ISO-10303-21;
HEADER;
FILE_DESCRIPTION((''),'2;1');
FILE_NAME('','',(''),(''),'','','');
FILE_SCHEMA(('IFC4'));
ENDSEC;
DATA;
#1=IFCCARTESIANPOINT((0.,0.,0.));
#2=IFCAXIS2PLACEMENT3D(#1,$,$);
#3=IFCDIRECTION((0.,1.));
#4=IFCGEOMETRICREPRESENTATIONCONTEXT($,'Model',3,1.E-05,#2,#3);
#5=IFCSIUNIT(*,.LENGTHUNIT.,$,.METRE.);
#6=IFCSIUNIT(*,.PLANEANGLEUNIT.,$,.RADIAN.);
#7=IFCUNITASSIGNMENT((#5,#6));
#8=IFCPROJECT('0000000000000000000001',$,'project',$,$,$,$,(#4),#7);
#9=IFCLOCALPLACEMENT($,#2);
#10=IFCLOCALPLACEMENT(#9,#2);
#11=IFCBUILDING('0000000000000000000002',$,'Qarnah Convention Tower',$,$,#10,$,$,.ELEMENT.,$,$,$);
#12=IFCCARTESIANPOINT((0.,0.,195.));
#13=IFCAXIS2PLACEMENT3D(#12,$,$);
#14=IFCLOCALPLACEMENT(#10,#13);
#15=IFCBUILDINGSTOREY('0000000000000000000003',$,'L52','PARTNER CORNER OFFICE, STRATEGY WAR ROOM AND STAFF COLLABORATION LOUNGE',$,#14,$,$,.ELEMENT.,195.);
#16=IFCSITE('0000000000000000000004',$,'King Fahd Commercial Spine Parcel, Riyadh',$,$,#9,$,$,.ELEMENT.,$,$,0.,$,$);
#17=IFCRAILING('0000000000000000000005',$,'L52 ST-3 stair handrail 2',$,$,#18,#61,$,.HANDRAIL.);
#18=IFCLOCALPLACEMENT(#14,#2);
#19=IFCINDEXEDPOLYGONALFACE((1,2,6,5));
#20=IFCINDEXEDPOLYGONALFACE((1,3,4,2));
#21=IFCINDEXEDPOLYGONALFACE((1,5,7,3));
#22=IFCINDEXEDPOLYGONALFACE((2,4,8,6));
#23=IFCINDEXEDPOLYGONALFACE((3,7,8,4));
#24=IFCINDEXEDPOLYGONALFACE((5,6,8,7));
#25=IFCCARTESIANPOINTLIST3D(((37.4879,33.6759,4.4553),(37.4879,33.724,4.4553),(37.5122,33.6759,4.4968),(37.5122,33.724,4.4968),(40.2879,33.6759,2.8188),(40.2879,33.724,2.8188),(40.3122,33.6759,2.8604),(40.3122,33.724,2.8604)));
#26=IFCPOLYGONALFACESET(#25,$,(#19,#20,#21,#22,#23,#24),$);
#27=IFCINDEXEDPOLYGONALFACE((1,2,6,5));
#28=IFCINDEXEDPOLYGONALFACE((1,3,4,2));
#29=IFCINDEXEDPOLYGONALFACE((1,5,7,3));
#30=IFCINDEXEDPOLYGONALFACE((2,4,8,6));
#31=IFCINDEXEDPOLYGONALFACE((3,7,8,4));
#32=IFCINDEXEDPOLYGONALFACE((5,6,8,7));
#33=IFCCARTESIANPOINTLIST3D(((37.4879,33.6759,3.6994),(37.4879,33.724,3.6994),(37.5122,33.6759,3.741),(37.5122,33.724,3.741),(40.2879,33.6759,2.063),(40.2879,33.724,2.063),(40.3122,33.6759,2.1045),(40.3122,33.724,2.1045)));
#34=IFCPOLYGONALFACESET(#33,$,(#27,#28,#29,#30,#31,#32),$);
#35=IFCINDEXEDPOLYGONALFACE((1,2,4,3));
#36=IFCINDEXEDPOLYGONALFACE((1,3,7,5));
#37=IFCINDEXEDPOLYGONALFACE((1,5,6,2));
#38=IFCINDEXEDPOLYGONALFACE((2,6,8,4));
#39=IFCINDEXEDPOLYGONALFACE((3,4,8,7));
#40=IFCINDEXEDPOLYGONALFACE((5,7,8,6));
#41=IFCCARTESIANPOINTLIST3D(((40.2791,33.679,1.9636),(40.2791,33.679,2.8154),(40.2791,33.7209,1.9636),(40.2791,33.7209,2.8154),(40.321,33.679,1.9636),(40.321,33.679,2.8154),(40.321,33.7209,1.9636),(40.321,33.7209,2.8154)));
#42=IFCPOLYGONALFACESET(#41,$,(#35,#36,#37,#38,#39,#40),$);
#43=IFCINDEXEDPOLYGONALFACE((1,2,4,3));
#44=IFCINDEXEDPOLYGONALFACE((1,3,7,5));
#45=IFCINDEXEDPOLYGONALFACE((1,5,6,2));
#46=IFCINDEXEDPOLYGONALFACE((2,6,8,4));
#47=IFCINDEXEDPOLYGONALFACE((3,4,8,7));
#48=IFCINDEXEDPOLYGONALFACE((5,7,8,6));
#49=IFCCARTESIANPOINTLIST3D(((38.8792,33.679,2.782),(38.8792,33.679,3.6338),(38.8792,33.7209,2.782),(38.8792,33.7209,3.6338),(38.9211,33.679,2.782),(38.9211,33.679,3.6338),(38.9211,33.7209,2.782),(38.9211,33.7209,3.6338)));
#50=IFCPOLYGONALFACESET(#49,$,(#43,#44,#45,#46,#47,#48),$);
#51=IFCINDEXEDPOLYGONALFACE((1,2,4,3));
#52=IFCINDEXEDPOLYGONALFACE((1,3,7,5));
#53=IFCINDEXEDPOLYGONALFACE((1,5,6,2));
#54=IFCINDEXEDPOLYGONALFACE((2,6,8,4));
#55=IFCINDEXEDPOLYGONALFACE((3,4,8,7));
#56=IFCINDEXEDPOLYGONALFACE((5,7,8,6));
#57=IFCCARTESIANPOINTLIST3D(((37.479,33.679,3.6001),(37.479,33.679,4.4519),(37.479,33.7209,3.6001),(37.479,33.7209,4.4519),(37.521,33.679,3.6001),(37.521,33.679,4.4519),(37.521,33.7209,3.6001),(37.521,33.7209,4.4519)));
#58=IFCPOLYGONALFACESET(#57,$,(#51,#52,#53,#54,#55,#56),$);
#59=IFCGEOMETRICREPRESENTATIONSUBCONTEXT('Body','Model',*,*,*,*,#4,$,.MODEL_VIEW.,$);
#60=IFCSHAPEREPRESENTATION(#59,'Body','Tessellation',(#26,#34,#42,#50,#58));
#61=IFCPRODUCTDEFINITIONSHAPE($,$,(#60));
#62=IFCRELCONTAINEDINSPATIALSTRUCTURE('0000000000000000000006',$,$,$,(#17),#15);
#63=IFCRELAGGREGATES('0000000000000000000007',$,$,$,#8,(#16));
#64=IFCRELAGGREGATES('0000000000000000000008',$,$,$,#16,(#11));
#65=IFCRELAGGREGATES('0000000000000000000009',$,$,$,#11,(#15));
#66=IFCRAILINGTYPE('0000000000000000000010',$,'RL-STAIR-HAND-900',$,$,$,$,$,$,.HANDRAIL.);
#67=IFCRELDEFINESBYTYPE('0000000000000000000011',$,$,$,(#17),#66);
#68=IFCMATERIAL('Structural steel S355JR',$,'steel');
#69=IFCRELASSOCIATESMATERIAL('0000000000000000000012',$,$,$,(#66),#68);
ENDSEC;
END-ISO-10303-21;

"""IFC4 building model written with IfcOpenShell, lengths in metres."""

from ifc_helpers import new_model, si_unit, direction, frame, origin, origin_2d, place, context, subcontext, project, spatial, rectangle, extrude, material, type_object, element, save


model = new_model("IFC4")

# Units and contexts
model_context = context("Model", 3, precision=1e-05, world=origin(), true_north=direction((0.0, 1.0)))
body_context = subcontext(model_context, "Body", "Model", "MODEL_VIEW")
ifc_project = project(units=[si_unit("LENGTHUNIT", "METRE"), si_unit("PLANEANGLEUNIT", "RADIAN")], contexts=[model_context])

# Site, building, storey
site_placement = place(None, origin())
site = spatial("IfcSite", under=ifc_project, at=site_placement, Name="King Fahd Commercial Spine Parcel, Riyadh", CompositionType="ELEMENT", RefElevation=0.0)
building_placement = place(site_placement, origin())
building = spatial("IfcBuilding", under=site, at=building_placement, Name="Qarnah Convention Tower", CompositionType="ELEMENT")
storey_placement = place(building_placement, frame((0.0, 0.0, 195.0)))
storey = spatial("IfcBuildingStorey", under=building, at=storey_placement, Name="L52", Description="PARTNER CORNER OFFICE, STRATEGY WAR ROOM AND STAFF COLLABORATION LOUNGE", CompositionType="ELEMENT", Elevation=195.0)

# Shared definitions
ifc_material_1 = material(Name="Structural steel S355JR", Category="steel")

# Railing
railing_type_1 = type_object("IfcRailingType", Name="RL-STAIR-HAND-900", PredefinedType="HANDRAIL", material=ifc_material_1)
railing_1_placement = place(storey_placement, frame((40.3, 33.7, 1.9636)))
element("IfcRailing", 1, at=railing_1_placement, inside=storey, type_object=railing_type_1, Name="L52 ST-3 stair handrail 2", PredefinedType="HANDRAIL", context=body_context, shape_type="SweptSolid", body=[
    extrude(rectangle(XDim=0.0481, YDim=0.0481, at=origin_2d()), frame((0.0, 0.0, 0.876), z_axis=(-0.863361, 0.0, 0.504587), x_axis=(0.0, -1.0, 0.0)), (0.0, 0.0, 1.0), 3.2432),
    extrude(rectangle(XDim=0.0481, YDim=0.0481, at=origin_2d()), frame((0.0, 0.0, 0.1201), z_axis=(-0.863361, 0.0, 0.504587), x_axis=(0.0, -1.0, 0.0)), (0.0, 0.0, 1.0), 3.2432),
    extrude(rectangle(XDim=0.042, YDim=0.042, at=origin_2d()), origin(), (0.0, 0.0, 1.0), 0.8518),
    extrude(rectangle(XDim=0.042, YDim=0.042, at=origin_2d()), frame((-1.3999, 0.0, 0.8184)), (0.0, 0.0, 1.0), 0.8518),
    extrude(rectangle(XDim=0.042, YDim=0.042, at=origin_2d()), frame((-2.8, 0.0, 1.6365)), (0.0, 0.0, 1.0), 0.8518),
])

save(model, "model.ifc")
